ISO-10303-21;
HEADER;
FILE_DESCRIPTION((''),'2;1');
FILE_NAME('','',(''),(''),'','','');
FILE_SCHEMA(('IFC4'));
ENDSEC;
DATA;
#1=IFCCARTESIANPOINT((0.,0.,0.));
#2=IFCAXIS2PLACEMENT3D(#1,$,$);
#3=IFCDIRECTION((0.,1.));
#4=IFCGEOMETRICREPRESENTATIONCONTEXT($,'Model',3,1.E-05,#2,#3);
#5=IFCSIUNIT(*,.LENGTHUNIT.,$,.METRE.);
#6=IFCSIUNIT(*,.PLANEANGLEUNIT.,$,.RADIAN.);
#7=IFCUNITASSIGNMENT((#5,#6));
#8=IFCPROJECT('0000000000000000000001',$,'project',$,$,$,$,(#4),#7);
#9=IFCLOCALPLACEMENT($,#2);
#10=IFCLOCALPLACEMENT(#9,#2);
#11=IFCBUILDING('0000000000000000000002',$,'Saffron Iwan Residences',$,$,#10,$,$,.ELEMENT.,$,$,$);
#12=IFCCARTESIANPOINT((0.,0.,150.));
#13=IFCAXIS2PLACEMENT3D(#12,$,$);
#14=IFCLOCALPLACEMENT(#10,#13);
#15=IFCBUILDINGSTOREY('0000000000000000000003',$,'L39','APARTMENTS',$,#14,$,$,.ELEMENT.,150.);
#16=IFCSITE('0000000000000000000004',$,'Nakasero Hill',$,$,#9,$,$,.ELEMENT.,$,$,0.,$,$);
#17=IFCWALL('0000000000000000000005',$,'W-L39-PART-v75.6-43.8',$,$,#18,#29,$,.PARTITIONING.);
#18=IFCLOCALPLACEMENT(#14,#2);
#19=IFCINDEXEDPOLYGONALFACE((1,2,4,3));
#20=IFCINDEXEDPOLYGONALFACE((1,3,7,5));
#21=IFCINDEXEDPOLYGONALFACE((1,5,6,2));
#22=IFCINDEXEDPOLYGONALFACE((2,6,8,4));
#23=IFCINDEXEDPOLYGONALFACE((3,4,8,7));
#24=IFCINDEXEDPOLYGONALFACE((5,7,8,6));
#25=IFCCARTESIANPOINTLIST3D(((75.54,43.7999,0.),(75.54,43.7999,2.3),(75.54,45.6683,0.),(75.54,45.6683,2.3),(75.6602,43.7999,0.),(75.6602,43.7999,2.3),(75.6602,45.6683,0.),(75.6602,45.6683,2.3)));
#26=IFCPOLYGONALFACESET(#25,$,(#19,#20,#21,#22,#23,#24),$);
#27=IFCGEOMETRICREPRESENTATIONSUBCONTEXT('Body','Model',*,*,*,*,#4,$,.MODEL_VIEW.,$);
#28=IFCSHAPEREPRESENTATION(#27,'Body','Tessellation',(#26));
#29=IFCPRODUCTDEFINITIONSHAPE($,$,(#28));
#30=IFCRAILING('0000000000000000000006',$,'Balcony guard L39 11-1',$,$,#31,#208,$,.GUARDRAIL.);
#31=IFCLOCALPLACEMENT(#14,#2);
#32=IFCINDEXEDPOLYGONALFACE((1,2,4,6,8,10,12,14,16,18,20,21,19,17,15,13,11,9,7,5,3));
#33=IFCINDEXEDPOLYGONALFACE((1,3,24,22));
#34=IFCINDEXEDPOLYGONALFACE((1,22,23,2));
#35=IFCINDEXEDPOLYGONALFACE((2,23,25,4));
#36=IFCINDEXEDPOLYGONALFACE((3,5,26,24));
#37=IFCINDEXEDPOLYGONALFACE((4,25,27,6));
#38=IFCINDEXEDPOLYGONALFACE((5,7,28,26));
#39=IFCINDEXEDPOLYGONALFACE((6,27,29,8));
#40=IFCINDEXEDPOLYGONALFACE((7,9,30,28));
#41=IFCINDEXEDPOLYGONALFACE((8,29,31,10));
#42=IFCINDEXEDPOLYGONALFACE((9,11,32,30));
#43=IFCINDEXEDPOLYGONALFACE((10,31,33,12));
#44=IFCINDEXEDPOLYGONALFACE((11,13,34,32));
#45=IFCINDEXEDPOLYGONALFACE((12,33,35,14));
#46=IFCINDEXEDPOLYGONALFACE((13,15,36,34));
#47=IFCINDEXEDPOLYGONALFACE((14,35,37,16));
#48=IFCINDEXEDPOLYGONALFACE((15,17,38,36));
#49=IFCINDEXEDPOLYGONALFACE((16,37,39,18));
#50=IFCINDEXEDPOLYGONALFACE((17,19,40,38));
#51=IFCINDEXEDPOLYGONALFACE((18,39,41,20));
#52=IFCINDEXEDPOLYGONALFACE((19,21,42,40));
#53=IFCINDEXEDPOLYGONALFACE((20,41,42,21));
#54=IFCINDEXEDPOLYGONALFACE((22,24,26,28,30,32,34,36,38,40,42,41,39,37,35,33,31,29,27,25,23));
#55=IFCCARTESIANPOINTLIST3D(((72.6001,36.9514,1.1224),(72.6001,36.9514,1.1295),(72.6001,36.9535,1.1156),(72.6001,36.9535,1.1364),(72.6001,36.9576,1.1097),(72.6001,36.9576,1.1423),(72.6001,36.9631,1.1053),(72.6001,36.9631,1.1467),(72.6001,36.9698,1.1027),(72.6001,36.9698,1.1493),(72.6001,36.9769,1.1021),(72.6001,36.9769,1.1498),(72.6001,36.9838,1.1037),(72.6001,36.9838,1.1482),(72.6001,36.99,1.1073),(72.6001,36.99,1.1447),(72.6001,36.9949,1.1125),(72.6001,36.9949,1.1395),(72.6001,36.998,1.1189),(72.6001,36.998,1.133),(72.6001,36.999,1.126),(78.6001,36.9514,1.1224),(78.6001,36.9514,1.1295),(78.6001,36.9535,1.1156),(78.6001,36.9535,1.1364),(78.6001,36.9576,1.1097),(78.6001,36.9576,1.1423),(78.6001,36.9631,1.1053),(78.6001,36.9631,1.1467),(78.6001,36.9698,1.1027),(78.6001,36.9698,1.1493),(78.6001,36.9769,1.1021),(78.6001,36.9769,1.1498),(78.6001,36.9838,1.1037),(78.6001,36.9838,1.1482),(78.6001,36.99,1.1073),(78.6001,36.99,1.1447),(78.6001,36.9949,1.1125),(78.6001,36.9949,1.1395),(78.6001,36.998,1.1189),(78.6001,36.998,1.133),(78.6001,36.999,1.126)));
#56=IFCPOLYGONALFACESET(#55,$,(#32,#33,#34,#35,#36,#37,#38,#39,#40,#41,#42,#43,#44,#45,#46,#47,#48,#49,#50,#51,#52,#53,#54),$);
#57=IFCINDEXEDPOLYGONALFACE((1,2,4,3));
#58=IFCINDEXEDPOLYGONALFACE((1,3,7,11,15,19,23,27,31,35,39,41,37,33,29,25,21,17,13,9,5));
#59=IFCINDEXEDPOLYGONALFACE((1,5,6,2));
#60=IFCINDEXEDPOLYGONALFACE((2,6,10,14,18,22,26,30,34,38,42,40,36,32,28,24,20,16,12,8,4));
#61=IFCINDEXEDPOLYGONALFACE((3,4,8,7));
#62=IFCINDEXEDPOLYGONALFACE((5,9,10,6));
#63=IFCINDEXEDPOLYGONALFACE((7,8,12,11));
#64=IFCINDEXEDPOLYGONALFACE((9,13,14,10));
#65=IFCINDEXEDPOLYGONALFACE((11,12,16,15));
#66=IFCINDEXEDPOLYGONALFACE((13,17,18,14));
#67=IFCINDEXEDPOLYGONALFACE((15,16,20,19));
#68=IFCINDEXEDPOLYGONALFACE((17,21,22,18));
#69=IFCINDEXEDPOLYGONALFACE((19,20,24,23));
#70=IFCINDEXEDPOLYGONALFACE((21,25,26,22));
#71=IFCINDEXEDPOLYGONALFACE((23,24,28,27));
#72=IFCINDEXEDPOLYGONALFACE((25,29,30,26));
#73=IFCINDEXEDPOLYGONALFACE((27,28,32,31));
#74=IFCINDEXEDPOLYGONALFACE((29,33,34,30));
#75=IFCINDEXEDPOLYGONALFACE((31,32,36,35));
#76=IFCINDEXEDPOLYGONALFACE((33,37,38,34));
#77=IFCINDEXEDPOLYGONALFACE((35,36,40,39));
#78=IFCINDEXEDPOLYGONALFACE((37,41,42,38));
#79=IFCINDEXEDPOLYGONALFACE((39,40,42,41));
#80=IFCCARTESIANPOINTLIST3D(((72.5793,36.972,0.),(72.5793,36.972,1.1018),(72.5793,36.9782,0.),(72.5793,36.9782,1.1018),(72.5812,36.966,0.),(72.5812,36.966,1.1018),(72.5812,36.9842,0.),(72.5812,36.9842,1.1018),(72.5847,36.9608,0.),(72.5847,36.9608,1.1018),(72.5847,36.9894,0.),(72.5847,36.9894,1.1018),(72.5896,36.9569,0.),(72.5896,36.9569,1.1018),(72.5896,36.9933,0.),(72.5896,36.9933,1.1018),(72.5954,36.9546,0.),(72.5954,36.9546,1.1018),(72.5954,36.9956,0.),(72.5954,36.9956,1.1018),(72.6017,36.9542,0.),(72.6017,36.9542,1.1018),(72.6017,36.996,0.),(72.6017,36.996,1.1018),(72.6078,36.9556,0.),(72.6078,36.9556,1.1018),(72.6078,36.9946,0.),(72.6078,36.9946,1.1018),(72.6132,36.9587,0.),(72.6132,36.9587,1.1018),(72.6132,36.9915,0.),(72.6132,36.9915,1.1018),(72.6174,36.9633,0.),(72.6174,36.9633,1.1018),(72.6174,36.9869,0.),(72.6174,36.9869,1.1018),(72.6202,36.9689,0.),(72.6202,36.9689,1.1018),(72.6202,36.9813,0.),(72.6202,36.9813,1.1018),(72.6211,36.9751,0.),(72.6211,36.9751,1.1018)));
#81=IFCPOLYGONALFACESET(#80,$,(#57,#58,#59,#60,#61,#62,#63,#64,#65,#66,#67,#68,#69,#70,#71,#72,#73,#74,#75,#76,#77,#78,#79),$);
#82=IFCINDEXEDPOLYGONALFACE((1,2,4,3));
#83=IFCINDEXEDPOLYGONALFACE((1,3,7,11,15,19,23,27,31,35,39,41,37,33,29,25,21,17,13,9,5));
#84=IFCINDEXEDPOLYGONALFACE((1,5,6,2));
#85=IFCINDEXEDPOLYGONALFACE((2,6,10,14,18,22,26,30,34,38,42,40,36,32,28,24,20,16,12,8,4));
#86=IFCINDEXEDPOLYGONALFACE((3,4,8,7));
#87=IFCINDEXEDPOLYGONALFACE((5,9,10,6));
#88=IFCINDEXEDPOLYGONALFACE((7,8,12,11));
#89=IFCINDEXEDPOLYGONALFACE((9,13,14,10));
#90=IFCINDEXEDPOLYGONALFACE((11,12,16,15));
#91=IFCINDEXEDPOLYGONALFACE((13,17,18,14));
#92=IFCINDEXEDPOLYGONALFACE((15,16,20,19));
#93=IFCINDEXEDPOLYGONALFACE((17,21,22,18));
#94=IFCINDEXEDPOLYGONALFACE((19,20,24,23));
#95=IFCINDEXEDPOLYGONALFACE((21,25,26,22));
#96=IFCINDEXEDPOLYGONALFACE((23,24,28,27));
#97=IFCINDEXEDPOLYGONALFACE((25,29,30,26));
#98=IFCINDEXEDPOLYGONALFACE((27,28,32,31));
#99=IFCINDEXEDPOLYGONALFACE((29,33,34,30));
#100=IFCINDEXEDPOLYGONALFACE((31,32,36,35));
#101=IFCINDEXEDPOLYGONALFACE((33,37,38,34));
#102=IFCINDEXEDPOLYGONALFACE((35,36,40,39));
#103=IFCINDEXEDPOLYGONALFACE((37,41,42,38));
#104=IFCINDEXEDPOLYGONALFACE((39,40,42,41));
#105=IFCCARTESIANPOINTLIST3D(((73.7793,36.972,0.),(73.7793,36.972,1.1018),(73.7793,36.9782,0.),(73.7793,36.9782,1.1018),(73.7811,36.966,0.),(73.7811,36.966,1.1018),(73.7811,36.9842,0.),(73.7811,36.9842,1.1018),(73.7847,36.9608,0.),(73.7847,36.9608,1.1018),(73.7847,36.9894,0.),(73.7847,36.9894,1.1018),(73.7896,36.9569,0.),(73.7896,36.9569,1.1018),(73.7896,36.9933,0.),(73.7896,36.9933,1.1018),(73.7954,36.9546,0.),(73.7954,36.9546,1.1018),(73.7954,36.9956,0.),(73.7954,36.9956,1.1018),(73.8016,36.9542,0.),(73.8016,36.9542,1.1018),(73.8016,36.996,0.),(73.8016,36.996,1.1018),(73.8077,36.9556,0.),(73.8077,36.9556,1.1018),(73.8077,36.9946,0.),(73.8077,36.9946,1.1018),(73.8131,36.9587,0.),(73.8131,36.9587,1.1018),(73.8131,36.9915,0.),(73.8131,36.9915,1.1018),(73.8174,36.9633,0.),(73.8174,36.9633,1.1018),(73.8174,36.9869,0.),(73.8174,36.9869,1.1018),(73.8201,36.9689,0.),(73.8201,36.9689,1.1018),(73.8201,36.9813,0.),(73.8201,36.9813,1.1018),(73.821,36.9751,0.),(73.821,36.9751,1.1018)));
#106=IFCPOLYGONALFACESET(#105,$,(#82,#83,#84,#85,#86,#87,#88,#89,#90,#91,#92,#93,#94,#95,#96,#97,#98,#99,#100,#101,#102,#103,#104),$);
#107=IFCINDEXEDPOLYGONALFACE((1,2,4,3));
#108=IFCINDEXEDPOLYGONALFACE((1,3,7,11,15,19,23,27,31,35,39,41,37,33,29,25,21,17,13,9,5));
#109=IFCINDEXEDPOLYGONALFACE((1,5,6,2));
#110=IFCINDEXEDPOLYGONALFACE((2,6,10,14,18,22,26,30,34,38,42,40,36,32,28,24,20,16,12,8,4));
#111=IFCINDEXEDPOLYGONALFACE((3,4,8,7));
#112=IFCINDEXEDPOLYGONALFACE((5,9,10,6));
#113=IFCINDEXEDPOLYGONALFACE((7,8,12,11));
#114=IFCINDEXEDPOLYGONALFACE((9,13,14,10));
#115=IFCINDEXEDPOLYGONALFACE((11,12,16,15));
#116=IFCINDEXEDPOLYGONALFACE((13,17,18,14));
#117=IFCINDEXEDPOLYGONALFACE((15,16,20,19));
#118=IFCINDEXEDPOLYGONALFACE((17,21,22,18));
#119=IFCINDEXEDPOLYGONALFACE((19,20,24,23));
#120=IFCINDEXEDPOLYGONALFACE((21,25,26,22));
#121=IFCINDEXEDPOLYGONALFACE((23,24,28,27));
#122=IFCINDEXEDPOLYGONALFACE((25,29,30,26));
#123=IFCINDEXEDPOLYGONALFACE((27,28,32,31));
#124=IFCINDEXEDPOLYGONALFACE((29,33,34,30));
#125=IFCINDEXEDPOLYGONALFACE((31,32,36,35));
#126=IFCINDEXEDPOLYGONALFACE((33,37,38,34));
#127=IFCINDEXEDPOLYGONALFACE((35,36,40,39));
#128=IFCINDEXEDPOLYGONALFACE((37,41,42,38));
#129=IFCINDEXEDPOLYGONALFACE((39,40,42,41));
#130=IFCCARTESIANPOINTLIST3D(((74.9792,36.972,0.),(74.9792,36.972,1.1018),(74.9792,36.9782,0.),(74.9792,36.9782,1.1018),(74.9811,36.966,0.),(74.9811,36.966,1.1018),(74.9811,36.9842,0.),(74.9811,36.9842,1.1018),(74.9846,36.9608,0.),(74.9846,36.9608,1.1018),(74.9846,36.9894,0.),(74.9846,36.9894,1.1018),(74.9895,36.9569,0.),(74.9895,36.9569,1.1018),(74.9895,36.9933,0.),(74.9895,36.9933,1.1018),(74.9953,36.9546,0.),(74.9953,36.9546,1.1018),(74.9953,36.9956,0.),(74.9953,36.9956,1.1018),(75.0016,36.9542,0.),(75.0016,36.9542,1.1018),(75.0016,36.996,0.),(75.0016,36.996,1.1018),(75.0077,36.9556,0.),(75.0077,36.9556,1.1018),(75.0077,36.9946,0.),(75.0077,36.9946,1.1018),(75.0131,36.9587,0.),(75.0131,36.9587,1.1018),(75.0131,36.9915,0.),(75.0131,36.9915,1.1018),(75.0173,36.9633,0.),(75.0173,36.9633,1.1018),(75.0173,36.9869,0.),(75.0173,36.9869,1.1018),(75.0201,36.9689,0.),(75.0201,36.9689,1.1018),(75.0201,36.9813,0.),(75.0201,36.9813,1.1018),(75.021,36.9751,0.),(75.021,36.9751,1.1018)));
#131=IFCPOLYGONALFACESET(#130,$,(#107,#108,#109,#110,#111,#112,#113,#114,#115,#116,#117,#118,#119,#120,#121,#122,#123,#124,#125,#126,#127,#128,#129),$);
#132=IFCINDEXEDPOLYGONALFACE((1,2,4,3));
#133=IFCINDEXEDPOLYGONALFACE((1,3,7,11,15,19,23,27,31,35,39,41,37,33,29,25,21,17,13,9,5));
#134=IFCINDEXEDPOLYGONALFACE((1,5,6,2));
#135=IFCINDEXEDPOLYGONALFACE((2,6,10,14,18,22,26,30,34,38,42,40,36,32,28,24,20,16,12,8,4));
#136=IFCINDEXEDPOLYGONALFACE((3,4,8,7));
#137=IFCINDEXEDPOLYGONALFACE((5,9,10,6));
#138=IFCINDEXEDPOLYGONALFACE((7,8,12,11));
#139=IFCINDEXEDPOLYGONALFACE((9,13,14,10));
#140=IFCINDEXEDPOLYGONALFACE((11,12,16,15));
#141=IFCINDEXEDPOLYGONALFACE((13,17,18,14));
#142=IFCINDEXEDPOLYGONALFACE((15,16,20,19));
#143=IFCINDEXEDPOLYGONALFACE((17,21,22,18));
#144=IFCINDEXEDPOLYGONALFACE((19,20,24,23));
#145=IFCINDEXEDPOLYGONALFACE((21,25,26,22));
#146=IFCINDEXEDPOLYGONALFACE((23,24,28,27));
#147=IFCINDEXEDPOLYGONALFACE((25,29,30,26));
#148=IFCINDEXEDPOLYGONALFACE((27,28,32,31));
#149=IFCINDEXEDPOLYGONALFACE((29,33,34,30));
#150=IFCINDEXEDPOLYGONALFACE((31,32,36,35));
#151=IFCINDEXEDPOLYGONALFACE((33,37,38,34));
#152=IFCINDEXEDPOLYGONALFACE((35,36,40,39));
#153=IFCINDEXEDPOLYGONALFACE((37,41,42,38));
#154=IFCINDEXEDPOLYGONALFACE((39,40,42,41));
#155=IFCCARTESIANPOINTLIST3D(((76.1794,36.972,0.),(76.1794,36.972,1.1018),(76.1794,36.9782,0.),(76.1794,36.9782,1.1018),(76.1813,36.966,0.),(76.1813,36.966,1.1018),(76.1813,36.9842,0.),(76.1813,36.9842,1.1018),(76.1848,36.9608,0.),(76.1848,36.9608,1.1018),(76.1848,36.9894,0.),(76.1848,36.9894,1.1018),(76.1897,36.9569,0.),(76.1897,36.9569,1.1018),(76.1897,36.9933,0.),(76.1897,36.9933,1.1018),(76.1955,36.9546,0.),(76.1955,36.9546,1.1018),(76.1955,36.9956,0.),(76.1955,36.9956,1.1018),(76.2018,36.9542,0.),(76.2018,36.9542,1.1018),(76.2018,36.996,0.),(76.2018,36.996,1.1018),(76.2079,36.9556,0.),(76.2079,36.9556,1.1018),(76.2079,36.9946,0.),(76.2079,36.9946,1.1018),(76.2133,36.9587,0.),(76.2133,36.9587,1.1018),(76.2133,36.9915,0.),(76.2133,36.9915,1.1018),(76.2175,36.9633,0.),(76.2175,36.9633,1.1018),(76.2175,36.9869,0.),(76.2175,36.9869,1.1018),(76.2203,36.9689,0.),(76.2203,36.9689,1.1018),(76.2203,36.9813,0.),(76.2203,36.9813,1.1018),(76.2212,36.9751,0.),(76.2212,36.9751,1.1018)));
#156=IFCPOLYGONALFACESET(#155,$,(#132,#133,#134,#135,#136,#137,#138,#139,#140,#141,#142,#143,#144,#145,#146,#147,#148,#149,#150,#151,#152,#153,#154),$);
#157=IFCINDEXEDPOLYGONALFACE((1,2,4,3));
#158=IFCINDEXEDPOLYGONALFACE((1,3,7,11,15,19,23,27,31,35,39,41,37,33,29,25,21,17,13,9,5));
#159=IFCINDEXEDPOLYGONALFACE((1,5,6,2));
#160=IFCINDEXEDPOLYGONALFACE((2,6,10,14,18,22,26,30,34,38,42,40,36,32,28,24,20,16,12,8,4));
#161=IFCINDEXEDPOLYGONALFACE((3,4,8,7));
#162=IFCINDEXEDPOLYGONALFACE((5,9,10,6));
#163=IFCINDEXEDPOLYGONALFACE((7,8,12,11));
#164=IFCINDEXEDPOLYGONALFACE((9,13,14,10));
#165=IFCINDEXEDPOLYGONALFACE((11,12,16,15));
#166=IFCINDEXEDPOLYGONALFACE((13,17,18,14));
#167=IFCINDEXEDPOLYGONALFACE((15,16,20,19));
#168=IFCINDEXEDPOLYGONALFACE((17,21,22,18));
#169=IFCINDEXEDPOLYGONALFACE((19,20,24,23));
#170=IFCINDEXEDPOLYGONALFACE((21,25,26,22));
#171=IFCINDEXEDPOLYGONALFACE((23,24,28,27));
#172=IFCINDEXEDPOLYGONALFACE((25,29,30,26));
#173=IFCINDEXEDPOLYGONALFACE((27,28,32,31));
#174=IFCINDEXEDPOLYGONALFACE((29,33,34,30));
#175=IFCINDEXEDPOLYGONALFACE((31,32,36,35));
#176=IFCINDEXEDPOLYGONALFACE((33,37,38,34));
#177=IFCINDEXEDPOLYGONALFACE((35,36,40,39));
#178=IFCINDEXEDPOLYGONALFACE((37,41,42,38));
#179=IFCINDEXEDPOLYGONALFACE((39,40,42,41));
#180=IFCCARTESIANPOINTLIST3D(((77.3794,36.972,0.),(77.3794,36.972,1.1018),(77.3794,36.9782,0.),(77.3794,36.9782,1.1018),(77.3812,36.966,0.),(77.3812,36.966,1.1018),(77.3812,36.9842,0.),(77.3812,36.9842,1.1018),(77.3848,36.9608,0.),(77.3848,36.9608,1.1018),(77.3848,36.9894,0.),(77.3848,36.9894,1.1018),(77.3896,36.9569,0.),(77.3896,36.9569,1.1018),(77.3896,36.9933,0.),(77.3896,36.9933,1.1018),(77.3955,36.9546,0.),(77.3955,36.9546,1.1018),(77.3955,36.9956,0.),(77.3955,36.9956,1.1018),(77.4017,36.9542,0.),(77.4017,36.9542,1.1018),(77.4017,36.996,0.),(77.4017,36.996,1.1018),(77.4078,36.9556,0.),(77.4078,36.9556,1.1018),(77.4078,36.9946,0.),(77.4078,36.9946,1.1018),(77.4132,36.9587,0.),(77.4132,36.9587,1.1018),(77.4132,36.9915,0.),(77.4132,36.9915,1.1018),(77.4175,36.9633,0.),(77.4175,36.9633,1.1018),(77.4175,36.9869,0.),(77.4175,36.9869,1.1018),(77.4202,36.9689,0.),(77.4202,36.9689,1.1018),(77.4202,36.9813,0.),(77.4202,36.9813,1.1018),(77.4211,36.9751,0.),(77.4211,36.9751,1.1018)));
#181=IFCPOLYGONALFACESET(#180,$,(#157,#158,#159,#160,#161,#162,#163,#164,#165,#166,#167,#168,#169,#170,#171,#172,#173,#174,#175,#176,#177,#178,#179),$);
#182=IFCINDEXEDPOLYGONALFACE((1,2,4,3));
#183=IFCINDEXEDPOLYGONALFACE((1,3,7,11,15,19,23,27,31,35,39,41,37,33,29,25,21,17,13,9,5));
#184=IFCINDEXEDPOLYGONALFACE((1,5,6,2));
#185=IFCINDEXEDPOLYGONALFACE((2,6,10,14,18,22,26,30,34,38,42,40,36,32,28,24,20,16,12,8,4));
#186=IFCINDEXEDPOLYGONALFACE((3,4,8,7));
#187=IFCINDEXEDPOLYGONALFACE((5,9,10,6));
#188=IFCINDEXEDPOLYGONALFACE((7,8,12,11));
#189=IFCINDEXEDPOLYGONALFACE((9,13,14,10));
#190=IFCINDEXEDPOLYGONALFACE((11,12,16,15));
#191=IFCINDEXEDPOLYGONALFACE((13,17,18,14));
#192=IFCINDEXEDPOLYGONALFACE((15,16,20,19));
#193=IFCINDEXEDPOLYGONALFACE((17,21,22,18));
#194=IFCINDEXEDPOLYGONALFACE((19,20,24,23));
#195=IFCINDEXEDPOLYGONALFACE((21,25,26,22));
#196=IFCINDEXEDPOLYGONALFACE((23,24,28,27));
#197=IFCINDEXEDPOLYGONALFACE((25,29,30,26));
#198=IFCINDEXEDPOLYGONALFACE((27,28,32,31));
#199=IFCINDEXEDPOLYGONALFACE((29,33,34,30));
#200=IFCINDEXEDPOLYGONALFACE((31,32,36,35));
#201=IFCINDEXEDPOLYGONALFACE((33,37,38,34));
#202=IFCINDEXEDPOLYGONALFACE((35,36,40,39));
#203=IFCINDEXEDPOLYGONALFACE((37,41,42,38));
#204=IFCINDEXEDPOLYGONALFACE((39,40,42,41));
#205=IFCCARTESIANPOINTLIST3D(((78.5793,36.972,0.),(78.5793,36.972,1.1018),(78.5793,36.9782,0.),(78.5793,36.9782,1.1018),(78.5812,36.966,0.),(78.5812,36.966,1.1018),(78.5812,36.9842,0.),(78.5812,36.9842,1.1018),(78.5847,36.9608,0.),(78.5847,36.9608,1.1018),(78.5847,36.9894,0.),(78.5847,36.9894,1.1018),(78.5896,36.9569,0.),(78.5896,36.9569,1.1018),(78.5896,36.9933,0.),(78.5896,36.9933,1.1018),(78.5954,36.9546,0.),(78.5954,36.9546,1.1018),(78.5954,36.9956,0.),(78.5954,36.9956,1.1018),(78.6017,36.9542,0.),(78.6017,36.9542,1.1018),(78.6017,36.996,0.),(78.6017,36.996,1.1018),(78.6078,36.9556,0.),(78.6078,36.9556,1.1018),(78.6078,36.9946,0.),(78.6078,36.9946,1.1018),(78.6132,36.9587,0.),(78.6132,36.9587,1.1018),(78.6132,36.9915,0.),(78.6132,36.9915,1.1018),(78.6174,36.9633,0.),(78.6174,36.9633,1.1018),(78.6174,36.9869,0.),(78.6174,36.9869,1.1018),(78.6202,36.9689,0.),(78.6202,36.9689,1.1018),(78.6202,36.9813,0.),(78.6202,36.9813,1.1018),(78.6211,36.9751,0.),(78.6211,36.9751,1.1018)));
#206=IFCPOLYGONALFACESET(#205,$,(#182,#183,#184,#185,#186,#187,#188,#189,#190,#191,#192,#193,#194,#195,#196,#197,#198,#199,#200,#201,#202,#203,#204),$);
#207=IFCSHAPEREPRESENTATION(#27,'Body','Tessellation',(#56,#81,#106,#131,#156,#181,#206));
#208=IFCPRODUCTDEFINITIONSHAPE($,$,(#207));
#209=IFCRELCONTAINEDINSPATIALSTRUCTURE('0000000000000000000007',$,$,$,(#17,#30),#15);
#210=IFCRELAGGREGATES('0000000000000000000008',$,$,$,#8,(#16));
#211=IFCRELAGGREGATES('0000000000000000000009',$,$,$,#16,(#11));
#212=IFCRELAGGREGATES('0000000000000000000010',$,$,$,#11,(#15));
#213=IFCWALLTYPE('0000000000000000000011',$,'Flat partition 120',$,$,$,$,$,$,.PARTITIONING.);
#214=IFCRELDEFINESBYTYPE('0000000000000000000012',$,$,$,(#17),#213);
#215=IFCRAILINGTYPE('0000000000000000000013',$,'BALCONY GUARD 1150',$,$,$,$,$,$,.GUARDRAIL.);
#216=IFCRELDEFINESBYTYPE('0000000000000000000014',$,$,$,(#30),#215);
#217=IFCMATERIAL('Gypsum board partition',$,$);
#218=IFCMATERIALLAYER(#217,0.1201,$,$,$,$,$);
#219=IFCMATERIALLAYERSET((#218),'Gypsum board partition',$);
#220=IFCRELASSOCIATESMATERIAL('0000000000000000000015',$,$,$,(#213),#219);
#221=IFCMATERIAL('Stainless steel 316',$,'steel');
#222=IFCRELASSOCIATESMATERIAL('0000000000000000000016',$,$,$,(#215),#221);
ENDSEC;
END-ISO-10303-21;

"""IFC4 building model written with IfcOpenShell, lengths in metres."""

from ifc_helpers import new_model, si_unit, direction, frame, frame_2d, origin, origin_2d, place, context, subcontext, project, spatial, rectangle, circle, extrude, material, layer, layer_set, type_object, element, save


model = new_model("IFC4")

# Units and contexts
model_context = context("Model", 3, precision=1e-05, world=origin(), true_north=direction((0.0, 1.0)))
body_context = subcontext(model_context, "Body", "Model", "MODEL_VIEW")
ifc_project = project(units=[si_unit("LENGTHUNIT", "METRE"), si_unit("PLANEANGLEUNIT", "RADIAN")], contexts=[model_context])

# Site, building, storey
site_placement = place(None, origin())
site = spatial("IfcSite", under=ifc_project, at=site_placement, Name="Nakasero Hill", CompositionType="ELEMENT", RefElevation=0.0)
building_placement = place(site_placement, origin())
building = spatial("IfcBuilding", under=site, at=building_placement, Name="Saffron Iwan Residences", CompositionType="ELEMENT")
storey_placement = place(building_placement, frame((0.0, 0.0, 150.0)))
storey = spatial("IfcBuildingStorey", under=building, at=storey_placement, Name="L39", Description="APARTMENTS", CompositionType="ELEMENT", Elevation=150.0)

# Shared definitions
ifc_material_1 = material(Name="Gypsum board partition")
ifc_layer_1 = layer(ifc_material_1, 0.1201)
ifc_layer_set_1 = layer_set([ifc_layer_1], Name="Gypsum board partition")
wall_type_1 = type_object("IfcWallType", Name="Flat partition 120", PredefinedType="PARTITIONING", material=ifc_layer_set_1)

# Wall
wall_1_placement = place(storey_placement, frame((75.6001, 43.8, 0.0), z_axis=(0.0, 0.0, 1.0), x_axis=(0.0, 1.0, 0.0)))
element("IfcWall", 1, at=wall_1_placement, inside=storey, type_object=wall_type_1, Name="W-L39-PART-v75.6-43.8", PredefinedType="PARTITIONING", context=body_context, shape_type="SweptSolid", body=[
    extrude(rectangle(XDim=1.8684, YDim=0.1201, at=frame_2d((0.9341, 0.0))), origin(), (0.0, 0.0, 1.0), 2.3),
])

# Railing
ifc_material_2 = material(Name="Stainless steel 316", Category="steel")
railing_type = type_object("IfcRailingType", Name="BALCONY GUARD 1150", PredefinedType="GUARDRAIL", material=ifc_material_2)
railing_placement = place(storey_placement, frame((72.6001, 36.9751, 0.0)))
element("IfcRailing", 2, at=railing_placement, inside=storey, type_object=railing_type, Name="Balcony guard L39 11-1", PredefinedType="GUARDRAIL", context=body_context, shape_type="SweptSolid", body=[
    extrude(circle(Radius=0.0239, at=origin_2d()), frame((0.0, 0.0, 1.126), z_axis=(1.0, 0.0, 0.0), x_axis=(0.0, 1.0, 0.0)), (0.0, 0.0, 1.0), 6.0),
    extrude(circle(Radius=0.021, at=origin_2d()), origin(), (0.0, 0.0, 1.0), 1.1018),
    extrude(circle(Radius=0.021, at=origin_2d()), frame((1.2, 0.0, 0.0)), (0.0, 0.0, 1.0), 1.1018),
    extrude(circle(Radius=0.021, at=origin_2d()), frame((2.3999, 0.0, 0.0)), (0.0, 0.0, 1.0), 1.1018),
    extrude(circle(Radius=0.021, at=origin_2d()), frame((3.6001, 0.0, 0.0)), (0.0, 0.0, 1.0), 1.1018),
    extrude(circle(Radius=0.021, at=origin_2d()), frame((4.8, 0.0, 0.0)), (0.0, 0.0, 1.0), 1.1018),
    extrude(circle(Radius=0.021, at=origin_2d()), frame((6.0, 0.0, 0.0)), (0.0, 0.0, 1.0), 1.1018),
])

save(model, "model.ifc")
